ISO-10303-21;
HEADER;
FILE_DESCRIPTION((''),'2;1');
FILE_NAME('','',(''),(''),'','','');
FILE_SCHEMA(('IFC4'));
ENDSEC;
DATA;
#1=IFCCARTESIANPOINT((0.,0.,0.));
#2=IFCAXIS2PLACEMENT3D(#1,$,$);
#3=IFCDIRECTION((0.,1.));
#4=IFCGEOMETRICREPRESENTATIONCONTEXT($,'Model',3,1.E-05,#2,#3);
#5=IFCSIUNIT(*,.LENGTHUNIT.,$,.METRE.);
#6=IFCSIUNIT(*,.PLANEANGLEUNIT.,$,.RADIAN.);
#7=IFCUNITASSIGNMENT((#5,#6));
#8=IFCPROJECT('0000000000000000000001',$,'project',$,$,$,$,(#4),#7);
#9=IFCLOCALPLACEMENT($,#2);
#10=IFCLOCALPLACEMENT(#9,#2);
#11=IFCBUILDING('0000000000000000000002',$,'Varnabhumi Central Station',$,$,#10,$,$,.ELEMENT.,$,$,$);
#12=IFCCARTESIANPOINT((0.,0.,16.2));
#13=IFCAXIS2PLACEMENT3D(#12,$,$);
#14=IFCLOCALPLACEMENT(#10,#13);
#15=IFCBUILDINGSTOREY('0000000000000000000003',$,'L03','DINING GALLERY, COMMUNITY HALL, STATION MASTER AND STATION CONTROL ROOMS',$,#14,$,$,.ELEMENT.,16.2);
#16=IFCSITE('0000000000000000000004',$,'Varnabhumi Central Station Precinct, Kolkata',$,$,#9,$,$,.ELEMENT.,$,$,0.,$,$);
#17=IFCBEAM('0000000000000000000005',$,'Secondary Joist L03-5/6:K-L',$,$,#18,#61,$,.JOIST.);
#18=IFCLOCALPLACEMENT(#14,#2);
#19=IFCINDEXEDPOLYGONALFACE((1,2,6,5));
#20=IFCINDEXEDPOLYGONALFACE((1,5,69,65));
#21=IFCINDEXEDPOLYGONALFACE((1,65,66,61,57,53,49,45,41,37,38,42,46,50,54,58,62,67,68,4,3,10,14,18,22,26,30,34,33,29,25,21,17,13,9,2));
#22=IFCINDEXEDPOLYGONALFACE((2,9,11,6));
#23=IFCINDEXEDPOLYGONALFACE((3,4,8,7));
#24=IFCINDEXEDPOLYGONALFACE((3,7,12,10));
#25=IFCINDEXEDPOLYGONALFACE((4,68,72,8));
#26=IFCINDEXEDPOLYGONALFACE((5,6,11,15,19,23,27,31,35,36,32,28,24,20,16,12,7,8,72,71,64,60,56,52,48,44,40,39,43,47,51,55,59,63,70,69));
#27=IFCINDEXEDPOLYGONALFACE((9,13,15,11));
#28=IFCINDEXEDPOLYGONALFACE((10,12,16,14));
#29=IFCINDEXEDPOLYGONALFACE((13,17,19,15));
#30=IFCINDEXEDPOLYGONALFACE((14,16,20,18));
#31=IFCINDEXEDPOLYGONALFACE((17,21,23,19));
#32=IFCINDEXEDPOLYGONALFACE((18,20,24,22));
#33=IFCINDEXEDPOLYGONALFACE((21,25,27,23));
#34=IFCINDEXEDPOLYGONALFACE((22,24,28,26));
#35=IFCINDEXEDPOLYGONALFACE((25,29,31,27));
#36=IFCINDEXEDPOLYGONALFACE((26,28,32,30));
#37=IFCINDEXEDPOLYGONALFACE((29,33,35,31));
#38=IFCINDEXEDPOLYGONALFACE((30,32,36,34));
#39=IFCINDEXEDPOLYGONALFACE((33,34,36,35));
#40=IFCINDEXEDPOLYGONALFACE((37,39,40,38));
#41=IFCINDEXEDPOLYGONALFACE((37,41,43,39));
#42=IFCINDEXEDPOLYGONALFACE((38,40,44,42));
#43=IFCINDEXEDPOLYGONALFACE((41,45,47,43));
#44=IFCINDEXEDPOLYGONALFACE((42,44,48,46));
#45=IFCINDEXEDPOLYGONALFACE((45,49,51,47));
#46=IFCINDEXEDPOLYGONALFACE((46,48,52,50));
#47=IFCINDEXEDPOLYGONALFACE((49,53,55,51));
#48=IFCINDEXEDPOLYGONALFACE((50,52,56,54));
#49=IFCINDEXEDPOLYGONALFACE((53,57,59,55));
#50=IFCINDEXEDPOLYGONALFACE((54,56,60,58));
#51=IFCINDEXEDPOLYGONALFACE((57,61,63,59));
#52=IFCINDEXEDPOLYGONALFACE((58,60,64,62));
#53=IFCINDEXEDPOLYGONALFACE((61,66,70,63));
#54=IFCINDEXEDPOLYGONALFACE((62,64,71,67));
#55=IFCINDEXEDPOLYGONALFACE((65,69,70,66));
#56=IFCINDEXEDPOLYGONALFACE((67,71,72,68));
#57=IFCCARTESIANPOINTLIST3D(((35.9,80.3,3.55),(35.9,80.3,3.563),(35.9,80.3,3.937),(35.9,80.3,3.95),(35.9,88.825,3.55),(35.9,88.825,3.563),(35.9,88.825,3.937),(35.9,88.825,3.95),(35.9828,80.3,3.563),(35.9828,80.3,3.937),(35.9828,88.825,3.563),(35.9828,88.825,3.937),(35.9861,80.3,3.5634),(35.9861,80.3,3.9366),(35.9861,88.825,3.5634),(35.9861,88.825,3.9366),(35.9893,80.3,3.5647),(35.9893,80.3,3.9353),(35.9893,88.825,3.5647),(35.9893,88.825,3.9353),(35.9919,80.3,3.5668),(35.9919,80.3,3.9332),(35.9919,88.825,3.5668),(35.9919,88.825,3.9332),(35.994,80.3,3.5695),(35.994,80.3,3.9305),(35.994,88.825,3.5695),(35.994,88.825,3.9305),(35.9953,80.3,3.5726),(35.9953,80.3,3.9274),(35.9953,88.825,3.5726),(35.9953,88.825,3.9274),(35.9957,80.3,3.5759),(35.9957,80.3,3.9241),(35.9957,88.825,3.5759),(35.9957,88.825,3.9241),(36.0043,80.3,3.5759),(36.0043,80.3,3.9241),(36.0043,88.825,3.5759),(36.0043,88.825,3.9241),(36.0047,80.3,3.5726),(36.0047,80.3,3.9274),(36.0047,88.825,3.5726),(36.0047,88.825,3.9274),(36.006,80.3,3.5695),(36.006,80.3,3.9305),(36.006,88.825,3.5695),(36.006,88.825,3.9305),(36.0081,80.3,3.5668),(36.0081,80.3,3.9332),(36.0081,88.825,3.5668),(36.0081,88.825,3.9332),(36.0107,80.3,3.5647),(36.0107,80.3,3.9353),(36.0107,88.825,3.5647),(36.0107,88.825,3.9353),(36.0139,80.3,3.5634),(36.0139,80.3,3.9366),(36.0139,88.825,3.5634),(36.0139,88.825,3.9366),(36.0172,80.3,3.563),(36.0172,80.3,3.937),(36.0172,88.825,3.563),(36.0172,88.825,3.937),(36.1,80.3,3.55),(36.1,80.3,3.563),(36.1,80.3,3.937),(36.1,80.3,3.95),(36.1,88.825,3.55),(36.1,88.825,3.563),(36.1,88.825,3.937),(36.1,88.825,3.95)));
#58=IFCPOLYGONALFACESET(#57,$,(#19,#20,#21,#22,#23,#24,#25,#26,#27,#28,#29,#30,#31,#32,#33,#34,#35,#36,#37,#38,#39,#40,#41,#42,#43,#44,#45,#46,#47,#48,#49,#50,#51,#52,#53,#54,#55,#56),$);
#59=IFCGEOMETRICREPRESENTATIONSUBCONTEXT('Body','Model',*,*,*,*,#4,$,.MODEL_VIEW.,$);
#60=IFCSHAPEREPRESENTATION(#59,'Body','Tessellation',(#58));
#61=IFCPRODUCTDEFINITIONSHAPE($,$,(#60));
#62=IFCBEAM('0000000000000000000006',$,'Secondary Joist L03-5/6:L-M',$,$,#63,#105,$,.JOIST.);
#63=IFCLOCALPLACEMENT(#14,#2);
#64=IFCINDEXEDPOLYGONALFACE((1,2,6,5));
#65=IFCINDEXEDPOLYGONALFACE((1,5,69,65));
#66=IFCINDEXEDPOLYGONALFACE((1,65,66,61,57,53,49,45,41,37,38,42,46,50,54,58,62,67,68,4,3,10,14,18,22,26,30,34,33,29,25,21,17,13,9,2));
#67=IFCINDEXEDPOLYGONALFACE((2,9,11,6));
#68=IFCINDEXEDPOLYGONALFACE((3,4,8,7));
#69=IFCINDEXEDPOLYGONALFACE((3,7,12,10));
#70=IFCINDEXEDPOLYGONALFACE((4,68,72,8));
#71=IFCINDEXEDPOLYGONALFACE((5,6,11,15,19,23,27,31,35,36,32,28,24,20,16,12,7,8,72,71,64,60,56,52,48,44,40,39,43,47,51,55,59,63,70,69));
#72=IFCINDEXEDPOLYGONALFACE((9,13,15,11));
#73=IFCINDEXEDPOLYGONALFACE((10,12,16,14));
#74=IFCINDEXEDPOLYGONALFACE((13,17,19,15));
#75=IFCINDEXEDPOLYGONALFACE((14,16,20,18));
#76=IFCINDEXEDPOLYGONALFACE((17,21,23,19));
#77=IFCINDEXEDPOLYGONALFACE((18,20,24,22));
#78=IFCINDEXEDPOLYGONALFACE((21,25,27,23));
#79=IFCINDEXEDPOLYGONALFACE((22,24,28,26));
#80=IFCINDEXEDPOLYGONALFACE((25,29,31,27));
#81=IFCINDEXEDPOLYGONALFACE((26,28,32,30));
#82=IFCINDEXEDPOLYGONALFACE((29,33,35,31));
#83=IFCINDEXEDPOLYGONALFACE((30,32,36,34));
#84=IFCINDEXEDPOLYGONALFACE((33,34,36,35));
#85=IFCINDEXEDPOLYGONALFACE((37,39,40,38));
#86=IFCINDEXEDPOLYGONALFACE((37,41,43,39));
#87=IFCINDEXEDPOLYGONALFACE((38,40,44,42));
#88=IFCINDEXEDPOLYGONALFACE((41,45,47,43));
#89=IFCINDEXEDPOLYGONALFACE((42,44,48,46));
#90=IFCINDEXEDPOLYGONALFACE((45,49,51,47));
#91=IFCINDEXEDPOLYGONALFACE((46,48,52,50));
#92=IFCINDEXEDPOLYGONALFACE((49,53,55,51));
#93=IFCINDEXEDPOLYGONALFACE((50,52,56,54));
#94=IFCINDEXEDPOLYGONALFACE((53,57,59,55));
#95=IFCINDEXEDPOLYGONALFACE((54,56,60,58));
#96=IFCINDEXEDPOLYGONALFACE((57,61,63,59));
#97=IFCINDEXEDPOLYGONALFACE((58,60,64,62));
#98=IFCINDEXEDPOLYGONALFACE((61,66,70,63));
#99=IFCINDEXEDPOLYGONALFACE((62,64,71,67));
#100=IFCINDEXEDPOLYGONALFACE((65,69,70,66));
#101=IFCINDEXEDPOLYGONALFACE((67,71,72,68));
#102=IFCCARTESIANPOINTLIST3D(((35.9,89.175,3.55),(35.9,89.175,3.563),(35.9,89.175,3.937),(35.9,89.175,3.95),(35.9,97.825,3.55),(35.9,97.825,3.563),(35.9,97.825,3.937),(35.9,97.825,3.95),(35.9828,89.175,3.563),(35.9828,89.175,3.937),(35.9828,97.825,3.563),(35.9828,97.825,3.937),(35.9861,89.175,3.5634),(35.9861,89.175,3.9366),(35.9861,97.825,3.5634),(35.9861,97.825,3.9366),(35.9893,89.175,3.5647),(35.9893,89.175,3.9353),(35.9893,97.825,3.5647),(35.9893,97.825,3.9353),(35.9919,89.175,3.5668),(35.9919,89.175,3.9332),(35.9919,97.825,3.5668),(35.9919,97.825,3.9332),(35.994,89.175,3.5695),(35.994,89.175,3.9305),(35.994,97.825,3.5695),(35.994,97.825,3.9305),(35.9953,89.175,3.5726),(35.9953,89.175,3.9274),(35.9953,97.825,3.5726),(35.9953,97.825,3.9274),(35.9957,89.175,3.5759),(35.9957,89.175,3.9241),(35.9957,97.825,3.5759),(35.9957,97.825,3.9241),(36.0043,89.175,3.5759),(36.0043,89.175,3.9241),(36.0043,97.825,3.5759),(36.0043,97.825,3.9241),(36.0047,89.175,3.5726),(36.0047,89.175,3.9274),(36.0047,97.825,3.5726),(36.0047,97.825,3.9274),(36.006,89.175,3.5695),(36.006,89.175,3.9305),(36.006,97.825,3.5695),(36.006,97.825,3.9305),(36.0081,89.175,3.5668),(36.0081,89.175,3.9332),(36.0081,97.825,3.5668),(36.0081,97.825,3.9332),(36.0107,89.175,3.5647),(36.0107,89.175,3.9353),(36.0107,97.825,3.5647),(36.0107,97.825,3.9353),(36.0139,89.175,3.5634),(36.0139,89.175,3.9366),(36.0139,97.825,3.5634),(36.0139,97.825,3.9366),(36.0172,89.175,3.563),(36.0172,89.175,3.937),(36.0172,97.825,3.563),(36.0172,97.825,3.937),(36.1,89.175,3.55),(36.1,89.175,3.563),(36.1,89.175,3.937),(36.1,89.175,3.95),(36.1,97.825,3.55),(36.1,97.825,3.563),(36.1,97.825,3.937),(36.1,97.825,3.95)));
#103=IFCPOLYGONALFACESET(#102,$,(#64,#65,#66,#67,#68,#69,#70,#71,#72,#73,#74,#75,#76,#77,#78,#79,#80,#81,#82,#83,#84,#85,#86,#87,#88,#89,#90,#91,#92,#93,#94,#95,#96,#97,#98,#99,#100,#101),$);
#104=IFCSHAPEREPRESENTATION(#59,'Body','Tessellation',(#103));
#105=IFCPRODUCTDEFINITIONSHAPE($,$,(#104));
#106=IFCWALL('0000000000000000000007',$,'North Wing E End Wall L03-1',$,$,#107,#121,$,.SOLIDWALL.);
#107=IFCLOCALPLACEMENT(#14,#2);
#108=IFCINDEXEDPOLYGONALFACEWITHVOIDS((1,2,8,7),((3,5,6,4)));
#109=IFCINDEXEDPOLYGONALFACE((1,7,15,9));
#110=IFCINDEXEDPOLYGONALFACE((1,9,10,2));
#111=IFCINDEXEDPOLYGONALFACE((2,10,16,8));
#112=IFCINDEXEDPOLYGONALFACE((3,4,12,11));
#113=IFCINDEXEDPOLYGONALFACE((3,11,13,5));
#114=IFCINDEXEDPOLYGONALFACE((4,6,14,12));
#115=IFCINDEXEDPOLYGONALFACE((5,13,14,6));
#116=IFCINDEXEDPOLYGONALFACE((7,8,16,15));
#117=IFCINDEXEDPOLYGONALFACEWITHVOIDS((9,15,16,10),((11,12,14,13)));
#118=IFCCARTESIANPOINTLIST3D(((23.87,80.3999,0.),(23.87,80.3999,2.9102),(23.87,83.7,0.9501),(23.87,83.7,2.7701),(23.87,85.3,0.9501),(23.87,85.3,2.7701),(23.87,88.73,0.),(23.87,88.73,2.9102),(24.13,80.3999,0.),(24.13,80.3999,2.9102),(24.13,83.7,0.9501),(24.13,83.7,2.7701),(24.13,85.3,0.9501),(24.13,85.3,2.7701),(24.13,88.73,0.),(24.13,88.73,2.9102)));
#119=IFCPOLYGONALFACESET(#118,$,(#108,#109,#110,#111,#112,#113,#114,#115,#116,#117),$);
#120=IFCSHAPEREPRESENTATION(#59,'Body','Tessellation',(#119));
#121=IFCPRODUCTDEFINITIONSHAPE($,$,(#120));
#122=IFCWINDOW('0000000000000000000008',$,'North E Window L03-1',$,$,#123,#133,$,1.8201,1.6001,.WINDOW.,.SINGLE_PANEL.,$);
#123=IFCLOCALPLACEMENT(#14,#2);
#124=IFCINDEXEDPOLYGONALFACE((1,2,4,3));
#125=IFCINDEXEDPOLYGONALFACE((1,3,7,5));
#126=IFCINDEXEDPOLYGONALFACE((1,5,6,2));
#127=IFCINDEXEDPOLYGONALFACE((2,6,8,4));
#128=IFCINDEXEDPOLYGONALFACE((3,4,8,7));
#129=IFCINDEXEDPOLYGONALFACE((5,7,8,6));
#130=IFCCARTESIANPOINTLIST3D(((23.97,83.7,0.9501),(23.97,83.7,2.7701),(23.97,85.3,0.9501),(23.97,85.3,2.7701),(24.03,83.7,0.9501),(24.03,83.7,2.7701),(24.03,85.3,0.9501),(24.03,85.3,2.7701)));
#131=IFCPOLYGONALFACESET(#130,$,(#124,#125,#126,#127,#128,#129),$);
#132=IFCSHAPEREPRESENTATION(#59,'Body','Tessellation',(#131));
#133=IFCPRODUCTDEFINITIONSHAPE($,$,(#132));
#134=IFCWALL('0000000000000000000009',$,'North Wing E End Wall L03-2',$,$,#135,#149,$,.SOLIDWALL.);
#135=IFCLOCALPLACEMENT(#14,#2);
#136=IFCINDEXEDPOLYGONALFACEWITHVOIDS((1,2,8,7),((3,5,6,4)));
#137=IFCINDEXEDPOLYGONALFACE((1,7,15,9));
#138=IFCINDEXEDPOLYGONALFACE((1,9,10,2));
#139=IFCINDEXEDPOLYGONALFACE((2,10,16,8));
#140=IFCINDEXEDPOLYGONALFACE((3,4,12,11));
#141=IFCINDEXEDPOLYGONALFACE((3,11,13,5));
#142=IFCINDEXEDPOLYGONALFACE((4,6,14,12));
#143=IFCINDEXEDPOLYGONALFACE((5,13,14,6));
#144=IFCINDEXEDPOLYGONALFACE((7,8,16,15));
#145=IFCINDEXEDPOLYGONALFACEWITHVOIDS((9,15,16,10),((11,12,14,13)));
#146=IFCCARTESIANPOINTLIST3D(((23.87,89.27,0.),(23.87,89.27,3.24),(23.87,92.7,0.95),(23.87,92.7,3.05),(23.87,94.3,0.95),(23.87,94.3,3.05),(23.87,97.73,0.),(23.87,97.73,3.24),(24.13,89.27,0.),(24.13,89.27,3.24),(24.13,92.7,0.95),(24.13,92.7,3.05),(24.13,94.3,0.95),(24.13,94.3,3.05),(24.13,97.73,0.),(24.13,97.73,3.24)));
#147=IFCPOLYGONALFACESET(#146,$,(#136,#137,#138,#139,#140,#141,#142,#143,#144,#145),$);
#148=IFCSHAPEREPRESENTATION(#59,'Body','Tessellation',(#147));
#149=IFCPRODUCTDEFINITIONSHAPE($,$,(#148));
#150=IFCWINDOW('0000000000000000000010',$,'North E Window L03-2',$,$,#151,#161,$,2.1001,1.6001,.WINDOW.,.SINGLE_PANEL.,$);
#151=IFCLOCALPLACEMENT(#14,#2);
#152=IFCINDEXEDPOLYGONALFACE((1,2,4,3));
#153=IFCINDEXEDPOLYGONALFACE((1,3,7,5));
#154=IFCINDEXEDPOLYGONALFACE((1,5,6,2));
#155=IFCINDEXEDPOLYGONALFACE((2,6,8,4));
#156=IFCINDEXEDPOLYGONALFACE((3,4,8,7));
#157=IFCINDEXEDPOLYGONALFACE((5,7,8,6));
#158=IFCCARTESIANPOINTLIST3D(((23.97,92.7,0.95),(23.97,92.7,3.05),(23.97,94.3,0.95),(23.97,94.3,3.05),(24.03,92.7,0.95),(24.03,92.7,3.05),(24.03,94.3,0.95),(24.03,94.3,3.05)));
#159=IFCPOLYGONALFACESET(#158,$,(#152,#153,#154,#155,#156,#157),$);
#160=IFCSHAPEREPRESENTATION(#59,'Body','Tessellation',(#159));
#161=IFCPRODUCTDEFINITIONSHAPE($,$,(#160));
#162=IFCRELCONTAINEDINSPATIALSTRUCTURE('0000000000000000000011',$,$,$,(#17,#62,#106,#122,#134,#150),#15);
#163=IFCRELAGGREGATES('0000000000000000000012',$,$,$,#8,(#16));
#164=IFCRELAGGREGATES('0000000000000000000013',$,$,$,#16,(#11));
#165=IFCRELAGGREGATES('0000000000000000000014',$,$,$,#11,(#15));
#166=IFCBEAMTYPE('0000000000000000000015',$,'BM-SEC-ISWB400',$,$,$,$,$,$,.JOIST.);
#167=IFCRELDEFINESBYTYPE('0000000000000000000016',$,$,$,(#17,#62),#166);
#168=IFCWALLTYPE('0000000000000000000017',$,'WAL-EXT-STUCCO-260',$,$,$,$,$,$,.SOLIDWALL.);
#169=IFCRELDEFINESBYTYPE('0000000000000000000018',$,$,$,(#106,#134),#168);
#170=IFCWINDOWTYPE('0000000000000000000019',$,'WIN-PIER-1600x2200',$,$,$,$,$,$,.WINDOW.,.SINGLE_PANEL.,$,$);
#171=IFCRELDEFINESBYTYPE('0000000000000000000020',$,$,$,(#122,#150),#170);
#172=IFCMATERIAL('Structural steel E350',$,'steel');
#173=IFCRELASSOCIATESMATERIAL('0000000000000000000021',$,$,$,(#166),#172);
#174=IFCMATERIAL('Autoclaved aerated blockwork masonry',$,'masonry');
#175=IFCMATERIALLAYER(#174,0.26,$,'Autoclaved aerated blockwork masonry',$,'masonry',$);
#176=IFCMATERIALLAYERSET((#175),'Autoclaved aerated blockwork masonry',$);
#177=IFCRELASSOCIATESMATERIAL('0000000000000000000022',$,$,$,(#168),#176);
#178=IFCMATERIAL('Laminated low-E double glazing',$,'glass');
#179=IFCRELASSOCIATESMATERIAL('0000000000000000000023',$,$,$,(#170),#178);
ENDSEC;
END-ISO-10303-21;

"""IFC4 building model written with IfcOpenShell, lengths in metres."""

from ifc_helpers import new_model, si_unit, direction, frame, frame_2d, origin, origin_2d, place, context, subcontext, project, spatial, rectangle, i_section, extrude, material, layer, layer_set, material_profile, profile_set, type_object, element, fill, save


model = new_model("IFC4")

# Units and contexts
model_context = context("Model", 3, precision=1e-05, world=origin(), true_north=direction((0.0, 1.0)))
body_context = subcontext(model_context, "Body", "Model", "MODEL_VIEW")
ifc_project = project(units=[si_unit("LENGTHUNIT", "METRE"), si_unit("PLANEANGLEUNIT", "RADIAN")], contexts=[model_context])

# Site, building, storey
site_placement = place(None, origin())
site = spatial("IfcSite", under=ifc_project, at=site_placement, Name="Varnabhumi Central Station Precinct, Kolkata", CompositionType="ELEMENT", RefElevation=0.0)
building_placement = place(site_placement, origin())
building = spatial("IfcBuilding", under=site, at=building_placement, Name="Varnabhumi Central Station", CompositionType="ELEMENT")
storey_placement = place(building_placement, frame((0.0, 0.0, 16.2)))
storey = spatial("IfcBuildingStorey", under=building, at=storey_placement, Name="L03", Description="DINING GALLERY, COMMUNITY HALL, STATION MASTER AND STATION CONTROL ROOMS", CompositionType="ELEMENT", Elevation=16.2)

# Beams
ifc_material_1 = material(Name="Structural steel E350", Category="steel")
ifc_material_profile_1 = material_profile(ifc_material_1, i_section(OverallWidth=0.2, OverallDepth=0.3999, WebThickness=0.0085, FlangeThickness=0.0129, FilletRadius=0.0129, at=origin_2d()), Name="Structural steel E350", Category="steel")
ifc_profile_set_1 = profile_set([ifc_material_profile_1], Name="Structural steel E350")
beam_type_1 = type_object("IfcBeamType", Name="BM-SEC-ISWB400", PredefinedType="JOIST", material=ifc_profile_set_1)
beam_1_placement = place(storey_placement, frame((36.0, 80.3, 3.75), z_axis=(0.0, 1.0, 0.0), x_axis=(-1.0, 0.0, 0.0)))
element("IfcBeam", 1, at=beam_1_placement, inside=storey, type_object=beam_type_1, Name="Secondary Joist L03-5/6:K-L", PredefinedType="JOIST", context=body_context, shape_type="SweptSolid", body=[
    extrude(i_section(OverallWidth=0.2, OverallDepth=0.3999, WebThickness=0.0085, FlangeThickness=0.0129, FilletRadius=0.0129, at=origin_2d()), origin(), (0.0, 0.0, 1.0), 8.5249),
])
beam_2_placement = place(storey_placement, frame((36.0, 89.175, 3.75), z_axis=(0.0, 1.0, 0.0), x_axis=(-1.0, 0.0, 0.0)))
element("IfcBeam", 2, at=beam_2_placement, inside=storey, type_object=beam_type_1, Name="Secondary Joist L03-5/6:L-M", PredefinedType="JOIST", context=body_context, shape_type="SweptSolid", body=[
    extrude(i_section(OverallWidth=0.2, OverallDepth=0.3999, WebThickness=0.0085, FlangeThickness=0.0129, FilletRadius=0.0129, at=origin_2d()), origin(), (0.0, 0.0, 1.0), 8.6499),
])

# Walls, openings, windows
ifc_material_2 = material(Name="Autoclaved aerated blockwork masonry", Category="masonry")
ifc_layer_1 = layer(ifc_material_2, 0.26, Name="Autoclaved aerated blockwork masonry", Category="masonry")
ifc_layer_set_1 = layer_set([ifc_layer_1], Name="Autoclaved aerated blockwork masonry")
wall_type_1 = type_object("IfcWallType", Name="WAL-EXT-STUCCO-260", PredefinedType="SOLIDWALL", material=ifc_layer_set_1)
wall_1_placement = place(storey_placement, frame((24.0, 80.3999, 0.0), z_axis=(0.0, 0.0, 1.0), x_axis=(0.0, 1.0, 0.0)))
wall_1 = element("IfcWall", 3, at=wall_1_placement, inside=storey, type_object=wall_type_1, Name="North Wing E End Wall L03-1", PredefinedType="SOLIDWALL", context=body_context, shape_type="SweptSolid", body=[
    extrude(rectangle(XDim=8.3301, YDim=0.26, at=frame_2d((4.165, 0.0))), origin(), (0.0, 0.0, 1.0), 2.9102),
])
opening_1_placement = place(wall_1_placement, frame((3.3, 0.0, 0.95)))
opening_1 = element("IfcOpeningElement", 4, at=opening_1_placement, cuts=wall_1, PredefinedType="OPENING", context=body_context, shape_type="SweptSolid", body=[
    extrude(rectangle(XDim=1.6001, YDim=1.8201, at=frame_2d((0.8, 0.9102))), frame((0.0, 0.1399, 0.0), z_axis=(0.0, -1.0, 0.0), x_axis=(1.0, 0.0, 0.0)), (0.0, 0.0, 1.0), 0.28),
])
ifc_material_3 = material(Name="Laminated low-E double glazing", Category="glass")
window_type = type_object("IfcWindowType", Name="WIN-PIER-1600x2200", PartitioningType="SINGLE_PANEL", PredefinedType="WINDOW", material=ifc_material_3)
window_1_placement = place(opening_1_placement, origin())
window_1 = element("IfcWindow", 5, at=window_1_placement, inside=storey, type_object=window_type, Name="North E Window L03-1", OverallHeight=1.8201, OverallWidth=1.6001, PartitioningType="SINGLE_PANEL", PredefinedType="WINDOW", context=body_context, shape_type="SweptSolid", body=[
    extrude(rectangle(XDim=1.6001, YDim=1.8201, at=frame_2d((0.8, 0.9102))), frame((0.0, 0.03, 0.0), z_axis=(0.0, -1.0, 0.0), x_axis=(1.0, 0.0, 0.0)), (0.0, 0.0, 1.0), 0.0601),
])
fill(opening_1, window_1)
wall_2_placement = place(storey_placement, frame((24.0, 89.27, 0.0), z_axis=(0.0, 0.0, 1.0), x_axis=(0.0, 1.0, 0.0)))
wall_2 = element("IfcWall", 6, at=wall_2_placement, inside=storey, type_object=wall_type_1, Name="North Wing E End Wall L03-2", PredefinedType="SOLIDWALL", context=body_context, shape_type="SweptSolid", body=[
    extrude(rectangle(XDim=8.46, YDim=0.26, at=frame_2d((4.23, 0.0))), origin(), (0.0, 0.0, 1.0), 3.24),
])
opening_2_placement = place(wall_2_placement, frame((3.4299, 0.0, 0.95)))
opening_2 = element("IfcOpeningElement", 7, at=opening_2_placement, cuts=wall_2, PredefinedType="OPENING", context=body_context, shape_type="SweptSolid", body=[
    extrude(rectangle(XDim=1.6001, YDim=2.1001, at=frame_2d((0.8, 1.05))), frame((0.0, 0.1399, 0.0), z_axis=(0.0, -1.0, 0.0), x_axis=(1.0, 0.0, 0.0)), (0.0, 0.0, 1.0), 0.28),
])
window_2_placement = place(opening_2_placement, origin())
window_2 = element("IfcWindow", 8, at=window_2_placement, inside=storey, type_object=window_type, Name="North E Window L03-2", OverallHeight=2.1001, OverallWidth=1.6001, PartitioningType="SINGLE_PANEL", PredefinedType="WINDOW", context=body_context, shape_type="SweptSolid", body=[
    extrude(rectangle(XDim=1.6001, YDim=2.1001, at=frame_2d((0.8, 1.05))), frame((0.0, 0.03, 0.0), z_axis=(0.0, -1.0, 0.0), x_axis=(1.0, 0.0, 0.0)), (0.0, 0.0, 1.0), 0.0601),
])
fill(opening_2, window_2)

save(model, "model.ifc")
